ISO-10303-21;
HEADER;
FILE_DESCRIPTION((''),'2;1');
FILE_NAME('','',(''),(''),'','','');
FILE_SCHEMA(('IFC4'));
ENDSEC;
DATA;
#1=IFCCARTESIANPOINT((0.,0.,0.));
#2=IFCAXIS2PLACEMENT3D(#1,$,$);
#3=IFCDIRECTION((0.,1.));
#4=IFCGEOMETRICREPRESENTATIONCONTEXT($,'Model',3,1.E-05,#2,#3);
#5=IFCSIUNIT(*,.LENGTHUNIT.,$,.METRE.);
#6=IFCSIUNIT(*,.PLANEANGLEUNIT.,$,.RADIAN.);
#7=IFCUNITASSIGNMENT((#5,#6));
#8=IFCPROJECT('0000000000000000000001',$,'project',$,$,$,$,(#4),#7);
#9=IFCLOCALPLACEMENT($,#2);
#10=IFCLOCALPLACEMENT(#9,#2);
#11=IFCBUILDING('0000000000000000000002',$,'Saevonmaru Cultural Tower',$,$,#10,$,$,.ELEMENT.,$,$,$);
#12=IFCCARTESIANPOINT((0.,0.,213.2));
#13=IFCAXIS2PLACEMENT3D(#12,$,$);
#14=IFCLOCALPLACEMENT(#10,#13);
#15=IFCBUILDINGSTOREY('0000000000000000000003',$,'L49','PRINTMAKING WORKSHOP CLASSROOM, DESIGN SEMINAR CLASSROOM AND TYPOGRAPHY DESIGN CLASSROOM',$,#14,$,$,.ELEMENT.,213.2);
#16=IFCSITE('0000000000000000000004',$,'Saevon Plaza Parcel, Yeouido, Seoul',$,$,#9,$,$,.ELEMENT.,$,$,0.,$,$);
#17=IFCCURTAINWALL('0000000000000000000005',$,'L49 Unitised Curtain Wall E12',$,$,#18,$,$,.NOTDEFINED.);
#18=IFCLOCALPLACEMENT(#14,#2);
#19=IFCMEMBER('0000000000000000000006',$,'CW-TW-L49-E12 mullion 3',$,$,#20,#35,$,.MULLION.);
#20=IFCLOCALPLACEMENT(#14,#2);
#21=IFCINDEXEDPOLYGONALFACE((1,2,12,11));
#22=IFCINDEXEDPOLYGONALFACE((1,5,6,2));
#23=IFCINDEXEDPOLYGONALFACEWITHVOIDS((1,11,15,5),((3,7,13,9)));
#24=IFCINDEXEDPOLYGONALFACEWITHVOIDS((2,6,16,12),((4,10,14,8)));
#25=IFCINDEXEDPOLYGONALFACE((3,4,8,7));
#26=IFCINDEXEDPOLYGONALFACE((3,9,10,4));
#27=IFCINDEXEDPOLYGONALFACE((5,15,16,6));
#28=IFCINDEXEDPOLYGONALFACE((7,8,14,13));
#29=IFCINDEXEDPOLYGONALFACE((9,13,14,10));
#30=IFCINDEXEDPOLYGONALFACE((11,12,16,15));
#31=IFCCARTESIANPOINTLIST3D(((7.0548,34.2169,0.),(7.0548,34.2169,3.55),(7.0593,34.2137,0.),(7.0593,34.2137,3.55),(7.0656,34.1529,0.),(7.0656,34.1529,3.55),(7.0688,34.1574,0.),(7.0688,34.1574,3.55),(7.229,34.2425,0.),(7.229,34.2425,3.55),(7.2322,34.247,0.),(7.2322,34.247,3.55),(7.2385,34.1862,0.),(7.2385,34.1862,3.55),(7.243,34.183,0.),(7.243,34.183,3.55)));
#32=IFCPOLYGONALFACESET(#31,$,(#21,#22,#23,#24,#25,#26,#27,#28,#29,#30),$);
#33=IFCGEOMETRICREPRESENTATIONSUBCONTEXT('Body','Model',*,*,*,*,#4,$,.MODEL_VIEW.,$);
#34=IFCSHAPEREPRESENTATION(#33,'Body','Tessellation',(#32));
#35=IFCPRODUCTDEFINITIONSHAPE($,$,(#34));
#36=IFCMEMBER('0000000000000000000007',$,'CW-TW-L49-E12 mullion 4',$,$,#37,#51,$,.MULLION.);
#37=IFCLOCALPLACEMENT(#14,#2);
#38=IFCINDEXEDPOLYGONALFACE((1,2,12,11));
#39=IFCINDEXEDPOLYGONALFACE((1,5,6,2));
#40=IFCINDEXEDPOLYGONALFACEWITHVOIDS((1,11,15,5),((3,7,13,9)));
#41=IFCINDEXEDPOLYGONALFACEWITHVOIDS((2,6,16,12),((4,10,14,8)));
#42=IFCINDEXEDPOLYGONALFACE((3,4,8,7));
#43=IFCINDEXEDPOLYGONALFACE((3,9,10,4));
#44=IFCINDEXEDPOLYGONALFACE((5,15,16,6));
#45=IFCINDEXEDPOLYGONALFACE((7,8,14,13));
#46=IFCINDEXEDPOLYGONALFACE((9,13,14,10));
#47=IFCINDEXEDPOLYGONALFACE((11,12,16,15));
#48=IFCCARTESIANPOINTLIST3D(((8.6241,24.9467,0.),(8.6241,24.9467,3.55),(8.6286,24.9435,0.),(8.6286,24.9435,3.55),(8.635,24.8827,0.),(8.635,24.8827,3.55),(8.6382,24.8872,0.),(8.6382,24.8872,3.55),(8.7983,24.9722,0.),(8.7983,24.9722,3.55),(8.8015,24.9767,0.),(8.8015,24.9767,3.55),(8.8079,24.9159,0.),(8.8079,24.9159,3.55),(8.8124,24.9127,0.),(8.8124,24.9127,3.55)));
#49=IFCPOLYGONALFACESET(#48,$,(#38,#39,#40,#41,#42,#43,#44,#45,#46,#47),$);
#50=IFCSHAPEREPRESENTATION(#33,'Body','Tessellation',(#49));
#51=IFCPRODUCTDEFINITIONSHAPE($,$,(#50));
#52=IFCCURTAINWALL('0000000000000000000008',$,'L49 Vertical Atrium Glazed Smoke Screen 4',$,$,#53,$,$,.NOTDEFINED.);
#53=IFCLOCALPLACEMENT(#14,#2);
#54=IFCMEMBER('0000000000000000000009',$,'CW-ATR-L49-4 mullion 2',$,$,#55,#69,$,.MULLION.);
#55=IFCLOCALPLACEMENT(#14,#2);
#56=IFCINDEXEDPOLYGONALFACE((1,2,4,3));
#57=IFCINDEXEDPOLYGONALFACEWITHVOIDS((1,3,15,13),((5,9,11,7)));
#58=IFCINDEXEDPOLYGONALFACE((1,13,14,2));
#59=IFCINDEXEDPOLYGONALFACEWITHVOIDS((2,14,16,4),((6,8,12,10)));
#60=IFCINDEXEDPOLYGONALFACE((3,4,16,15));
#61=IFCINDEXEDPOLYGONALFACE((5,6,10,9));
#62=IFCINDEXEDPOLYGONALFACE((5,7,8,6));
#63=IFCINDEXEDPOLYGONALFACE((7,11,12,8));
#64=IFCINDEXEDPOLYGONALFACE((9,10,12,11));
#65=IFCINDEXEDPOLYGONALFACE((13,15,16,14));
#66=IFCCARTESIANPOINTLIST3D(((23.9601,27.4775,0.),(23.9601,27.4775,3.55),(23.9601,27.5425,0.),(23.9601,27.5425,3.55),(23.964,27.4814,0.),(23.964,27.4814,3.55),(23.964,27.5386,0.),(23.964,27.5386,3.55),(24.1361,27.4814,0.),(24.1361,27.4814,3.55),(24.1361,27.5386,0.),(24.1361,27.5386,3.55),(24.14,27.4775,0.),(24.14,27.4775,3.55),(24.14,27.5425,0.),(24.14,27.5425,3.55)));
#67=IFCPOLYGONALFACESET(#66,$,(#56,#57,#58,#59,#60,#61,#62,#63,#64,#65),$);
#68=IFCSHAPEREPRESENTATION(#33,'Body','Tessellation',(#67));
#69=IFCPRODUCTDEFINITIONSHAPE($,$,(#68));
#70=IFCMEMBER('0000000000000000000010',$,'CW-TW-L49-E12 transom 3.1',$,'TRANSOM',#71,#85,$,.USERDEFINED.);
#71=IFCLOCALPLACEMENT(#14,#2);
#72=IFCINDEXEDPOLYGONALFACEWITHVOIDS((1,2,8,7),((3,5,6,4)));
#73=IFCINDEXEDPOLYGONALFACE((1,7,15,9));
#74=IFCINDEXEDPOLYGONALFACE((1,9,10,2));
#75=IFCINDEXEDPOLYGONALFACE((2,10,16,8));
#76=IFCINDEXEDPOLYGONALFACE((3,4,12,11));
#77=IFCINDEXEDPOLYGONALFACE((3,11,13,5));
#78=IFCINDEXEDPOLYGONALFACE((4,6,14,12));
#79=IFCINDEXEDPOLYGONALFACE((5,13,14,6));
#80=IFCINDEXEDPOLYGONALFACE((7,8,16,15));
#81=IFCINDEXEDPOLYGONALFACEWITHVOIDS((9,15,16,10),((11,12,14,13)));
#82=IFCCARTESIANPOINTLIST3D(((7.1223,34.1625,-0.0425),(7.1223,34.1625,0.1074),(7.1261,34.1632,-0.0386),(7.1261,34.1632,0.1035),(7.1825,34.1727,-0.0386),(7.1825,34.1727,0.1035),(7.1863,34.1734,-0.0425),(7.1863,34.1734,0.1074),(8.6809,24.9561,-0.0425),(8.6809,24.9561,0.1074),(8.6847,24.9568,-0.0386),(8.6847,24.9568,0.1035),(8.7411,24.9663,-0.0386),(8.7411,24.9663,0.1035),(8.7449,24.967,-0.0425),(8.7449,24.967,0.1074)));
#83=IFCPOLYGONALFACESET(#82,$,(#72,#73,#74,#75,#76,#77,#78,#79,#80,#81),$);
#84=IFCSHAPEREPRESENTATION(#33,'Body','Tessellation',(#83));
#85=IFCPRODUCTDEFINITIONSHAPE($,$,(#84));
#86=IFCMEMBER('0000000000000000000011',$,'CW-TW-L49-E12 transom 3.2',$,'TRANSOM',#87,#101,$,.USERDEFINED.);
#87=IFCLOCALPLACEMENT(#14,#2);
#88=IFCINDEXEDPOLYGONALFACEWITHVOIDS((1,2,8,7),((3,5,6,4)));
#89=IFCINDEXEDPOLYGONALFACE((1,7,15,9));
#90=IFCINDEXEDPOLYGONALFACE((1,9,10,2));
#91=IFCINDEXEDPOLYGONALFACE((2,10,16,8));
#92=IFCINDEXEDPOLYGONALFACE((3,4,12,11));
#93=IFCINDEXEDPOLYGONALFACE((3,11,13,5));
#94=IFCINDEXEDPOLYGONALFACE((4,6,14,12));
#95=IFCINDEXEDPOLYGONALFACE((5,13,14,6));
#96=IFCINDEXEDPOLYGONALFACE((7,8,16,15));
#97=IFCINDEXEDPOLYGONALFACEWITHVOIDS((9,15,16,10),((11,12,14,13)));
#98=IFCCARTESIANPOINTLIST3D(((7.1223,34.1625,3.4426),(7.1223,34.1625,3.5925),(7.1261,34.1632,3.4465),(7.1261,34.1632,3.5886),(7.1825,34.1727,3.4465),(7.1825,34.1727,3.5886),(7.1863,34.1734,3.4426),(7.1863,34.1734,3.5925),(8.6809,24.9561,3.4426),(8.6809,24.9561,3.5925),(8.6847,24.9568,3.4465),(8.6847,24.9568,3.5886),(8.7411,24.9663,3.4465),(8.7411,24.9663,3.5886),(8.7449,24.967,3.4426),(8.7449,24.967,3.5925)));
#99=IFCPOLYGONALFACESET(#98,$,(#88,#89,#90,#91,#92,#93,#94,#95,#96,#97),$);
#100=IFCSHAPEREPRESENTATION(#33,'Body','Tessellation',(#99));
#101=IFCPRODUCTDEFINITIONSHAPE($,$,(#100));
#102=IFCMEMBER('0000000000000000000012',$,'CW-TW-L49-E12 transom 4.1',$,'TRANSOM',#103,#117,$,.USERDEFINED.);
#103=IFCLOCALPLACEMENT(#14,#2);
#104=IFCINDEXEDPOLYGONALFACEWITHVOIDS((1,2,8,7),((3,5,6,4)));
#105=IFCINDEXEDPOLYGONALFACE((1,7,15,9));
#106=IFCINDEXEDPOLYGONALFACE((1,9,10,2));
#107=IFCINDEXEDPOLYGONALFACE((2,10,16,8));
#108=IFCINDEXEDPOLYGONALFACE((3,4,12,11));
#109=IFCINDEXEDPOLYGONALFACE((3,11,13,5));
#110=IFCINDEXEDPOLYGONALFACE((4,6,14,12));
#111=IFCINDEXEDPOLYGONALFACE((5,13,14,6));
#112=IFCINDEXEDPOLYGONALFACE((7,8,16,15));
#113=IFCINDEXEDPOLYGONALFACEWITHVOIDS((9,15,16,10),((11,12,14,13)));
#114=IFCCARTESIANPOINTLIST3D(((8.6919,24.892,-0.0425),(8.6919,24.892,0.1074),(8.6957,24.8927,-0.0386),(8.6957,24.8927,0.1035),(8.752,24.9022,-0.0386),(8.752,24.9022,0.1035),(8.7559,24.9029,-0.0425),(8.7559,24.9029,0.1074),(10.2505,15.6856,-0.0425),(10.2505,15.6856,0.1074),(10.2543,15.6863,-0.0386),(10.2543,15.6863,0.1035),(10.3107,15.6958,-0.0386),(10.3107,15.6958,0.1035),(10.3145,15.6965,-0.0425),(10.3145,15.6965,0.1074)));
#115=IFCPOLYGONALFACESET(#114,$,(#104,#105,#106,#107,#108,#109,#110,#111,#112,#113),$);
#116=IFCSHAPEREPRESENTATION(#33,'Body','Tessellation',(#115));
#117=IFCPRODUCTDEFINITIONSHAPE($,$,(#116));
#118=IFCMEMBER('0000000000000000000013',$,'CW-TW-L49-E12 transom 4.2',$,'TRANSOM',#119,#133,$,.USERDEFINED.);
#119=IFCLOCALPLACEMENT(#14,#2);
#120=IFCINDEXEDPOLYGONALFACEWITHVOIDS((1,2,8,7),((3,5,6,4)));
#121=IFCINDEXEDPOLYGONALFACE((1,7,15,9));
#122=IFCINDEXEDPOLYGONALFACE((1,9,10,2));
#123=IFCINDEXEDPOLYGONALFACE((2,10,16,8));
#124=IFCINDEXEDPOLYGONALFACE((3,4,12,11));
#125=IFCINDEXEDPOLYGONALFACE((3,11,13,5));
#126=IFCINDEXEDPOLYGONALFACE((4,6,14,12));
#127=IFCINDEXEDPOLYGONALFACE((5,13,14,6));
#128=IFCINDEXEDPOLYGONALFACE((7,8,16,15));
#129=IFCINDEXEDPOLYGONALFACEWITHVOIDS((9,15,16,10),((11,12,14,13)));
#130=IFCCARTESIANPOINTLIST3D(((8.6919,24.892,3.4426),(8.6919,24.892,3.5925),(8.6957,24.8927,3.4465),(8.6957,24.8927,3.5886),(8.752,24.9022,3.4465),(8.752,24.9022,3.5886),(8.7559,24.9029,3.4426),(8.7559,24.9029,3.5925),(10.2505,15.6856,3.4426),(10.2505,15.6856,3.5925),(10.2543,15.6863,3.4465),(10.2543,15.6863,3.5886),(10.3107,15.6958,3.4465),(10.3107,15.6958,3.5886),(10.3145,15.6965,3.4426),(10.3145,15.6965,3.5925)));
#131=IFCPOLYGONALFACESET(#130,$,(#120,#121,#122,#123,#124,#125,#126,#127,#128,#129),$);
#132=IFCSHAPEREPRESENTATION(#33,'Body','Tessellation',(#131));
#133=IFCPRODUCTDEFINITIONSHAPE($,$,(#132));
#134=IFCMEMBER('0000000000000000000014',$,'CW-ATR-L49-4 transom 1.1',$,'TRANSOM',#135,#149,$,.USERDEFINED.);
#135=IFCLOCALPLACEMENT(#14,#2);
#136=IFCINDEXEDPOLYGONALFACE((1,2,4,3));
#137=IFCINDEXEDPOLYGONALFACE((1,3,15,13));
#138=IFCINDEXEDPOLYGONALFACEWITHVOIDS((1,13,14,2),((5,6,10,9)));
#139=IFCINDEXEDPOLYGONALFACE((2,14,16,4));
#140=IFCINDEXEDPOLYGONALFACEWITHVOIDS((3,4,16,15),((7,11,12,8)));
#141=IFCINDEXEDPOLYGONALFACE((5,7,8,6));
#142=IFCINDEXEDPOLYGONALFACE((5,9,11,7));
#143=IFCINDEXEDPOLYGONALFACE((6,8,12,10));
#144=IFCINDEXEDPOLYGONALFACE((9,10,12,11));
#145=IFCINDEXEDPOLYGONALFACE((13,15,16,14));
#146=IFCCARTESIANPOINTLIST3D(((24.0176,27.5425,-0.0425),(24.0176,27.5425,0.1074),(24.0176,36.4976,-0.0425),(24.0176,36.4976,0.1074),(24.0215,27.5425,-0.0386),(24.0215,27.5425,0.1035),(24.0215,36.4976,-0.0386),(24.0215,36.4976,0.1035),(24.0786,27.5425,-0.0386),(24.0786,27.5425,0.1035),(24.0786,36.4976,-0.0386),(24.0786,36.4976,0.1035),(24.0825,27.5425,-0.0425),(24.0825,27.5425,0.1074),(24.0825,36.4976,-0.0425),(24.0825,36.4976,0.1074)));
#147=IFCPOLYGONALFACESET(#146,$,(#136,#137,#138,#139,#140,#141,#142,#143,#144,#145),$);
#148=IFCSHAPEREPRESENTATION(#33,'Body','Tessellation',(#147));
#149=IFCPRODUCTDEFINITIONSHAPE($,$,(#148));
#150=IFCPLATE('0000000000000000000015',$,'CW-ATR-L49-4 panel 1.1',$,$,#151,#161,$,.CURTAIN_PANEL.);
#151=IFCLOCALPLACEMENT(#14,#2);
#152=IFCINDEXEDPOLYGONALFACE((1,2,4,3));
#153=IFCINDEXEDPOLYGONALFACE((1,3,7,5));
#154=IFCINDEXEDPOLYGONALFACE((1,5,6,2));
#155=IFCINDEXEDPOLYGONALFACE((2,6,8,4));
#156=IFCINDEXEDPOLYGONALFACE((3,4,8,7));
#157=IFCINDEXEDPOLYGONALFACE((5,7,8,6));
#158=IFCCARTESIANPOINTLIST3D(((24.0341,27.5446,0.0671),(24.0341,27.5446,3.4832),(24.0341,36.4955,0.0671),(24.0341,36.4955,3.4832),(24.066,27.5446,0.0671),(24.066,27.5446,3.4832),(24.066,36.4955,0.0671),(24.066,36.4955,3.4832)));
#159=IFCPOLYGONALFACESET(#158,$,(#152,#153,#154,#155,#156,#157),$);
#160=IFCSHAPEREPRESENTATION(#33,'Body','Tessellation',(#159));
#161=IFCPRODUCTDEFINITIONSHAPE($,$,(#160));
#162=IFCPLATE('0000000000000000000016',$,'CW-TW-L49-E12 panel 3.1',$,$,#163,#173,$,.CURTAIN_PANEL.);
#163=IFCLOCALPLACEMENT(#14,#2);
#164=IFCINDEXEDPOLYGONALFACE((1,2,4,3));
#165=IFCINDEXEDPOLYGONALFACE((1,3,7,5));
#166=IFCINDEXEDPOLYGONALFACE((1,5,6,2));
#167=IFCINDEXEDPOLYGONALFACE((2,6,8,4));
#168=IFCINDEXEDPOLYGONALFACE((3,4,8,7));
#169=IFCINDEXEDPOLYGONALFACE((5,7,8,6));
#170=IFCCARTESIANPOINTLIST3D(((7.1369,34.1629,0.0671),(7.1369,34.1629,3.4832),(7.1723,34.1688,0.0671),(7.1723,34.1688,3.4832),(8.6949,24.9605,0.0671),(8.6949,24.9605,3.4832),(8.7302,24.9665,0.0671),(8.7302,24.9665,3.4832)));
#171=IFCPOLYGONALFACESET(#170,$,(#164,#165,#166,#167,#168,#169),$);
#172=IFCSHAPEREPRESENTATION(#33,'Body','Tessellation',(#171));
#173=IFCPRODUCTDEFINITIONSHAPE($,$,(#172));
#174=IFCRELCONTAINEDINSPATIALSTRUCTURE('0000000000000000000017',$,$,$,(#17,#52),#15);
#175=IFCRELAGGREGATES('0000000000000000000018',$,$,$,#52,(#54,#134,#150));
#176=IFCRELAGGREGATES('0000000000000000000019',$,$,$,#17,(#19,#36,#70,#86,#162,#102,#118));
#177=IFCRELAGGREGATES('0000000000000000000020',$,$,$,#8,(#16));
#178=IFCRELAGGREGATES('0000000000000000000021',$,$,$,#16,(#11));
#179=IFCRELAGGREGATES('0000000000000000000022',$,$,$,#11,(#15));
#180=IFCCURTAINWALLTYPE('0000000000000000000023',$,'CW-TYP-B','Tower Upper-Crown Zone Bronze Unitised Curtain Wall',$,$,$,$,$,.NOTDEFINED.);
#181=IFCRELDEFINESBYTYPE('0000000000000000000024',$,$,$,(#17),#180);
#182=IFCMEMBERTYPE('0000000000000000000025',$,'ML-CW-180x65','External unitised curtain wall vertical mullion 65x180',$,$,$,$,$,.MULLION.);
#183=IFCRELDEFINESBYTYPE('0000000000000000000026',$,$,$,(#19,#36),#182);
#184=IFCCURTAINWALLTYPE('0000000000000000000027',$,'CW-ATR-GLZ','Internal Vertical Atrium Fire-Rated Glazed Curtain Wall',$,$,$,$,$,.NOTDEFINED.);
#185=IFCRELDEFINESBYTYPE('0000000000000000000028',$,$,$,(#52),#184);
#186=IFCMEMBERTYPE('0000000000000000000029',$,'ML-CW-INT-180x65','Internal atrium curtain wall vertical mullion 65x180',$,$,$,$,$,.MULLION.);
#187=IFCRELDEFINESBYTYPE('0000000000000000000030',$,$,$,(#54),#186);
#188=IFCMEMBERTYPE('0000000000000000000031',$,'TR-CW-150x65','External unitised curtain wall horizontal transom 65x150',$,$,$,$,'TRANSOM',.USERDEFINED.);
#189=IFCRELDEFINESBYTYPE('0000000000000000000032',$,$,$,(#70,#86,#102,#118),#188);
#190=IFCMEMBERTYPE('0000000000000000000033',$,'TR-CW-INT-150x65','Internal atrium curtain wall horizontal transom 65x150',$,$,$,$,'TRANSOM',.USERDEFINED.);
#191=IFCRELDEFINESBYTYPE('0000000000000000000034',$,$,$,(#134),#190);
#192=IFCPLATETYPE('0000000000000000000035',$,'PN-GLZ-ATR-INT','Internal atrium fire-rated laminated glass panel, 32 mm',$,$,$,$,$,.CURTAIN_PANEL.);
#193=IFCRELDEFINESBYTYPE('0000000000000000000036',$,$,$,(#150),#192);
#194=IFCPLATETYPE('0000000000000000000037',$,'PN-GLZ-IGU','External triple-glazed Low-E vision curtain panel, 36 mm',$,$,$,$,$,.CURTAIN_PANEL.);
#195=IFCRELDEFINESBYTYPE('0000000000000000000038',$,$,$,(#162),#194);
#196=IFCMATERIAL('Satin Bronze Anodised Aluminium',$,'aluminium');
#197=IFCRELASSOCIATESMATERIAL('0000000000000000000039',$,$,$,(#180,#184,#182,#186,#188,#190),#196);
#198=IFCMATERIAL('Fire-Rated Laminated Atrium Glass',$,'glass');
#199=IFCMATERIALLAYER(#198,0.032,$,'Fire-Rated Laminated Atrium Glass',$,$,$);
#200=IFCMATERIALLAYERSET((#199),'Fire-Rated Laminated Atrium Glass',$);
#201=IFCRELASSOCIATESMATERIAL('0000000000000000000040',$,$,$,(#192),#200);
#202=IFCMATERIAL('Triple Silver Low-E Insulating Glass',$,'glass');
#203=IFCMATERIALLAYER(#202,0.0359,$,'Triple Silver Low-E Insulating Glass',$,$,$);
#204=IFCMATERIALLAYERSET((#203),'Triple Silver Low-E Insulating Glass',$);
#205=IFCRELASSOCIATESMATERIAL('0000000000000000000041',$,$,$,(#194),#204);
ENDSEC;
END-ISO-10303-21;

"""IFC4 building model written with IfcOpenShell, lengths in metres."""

from ifc_helpers import new_model, si_unit, direction, frame, origin, origin_2d, place, context, subcontext, project, spatial, rectangle, hollow_rectangle, extrude, material, layer, layer_set, material_profile, profile_set, type_object, element, aggregate, save


model = new_model("IFC4")

# Units and contexts
model_context = context("Model", 3, precision=1e-05, world=origin(), true_north=direction((0.0, 1.0)))
body_context = subcontext(model_context, "Body", "Model", "MODEL_VIEW")
ifc_project = project(units=[si_unit("LENGTHUNIT", "METRE"), si_unit("PLANEANGLEUNIT", "RADIAN")], contexts=[model_context])

# Site, building, storey
site_placement = place(None, origin())
site = spatial("IfcSite", under=ifc_project, at=site_placement, Name="Saevon Plaza Parcel, Yeouido, Seoul", CompositionType="ELEMENT", RefElevation=0.0)
building_placement = place(site_placement, origin())
building = spatial("IfcBuilding", under=site, at=building_placement, Name="Saevonmaru Cultural Tower", CompositionType="ELEMENT")
storey_placement = place(building_placement, frame((0.0, 0.0, 213.2)))
storey = spatial("IfcBuildingStorey", under=building, at=storey_placement, Name="L49", Description="PRINTMAKING WORKSHOP CLASSROOM, DESIGN SEMINAR CLASSROOM AND TYPOGRAPHY DESIGN CLASSROOM", CompositionType="ELEMENT", Elevation=213.2)

# Curtain wall, members
ifc_material_1 = material(Name="Satin Bronze Anodised Aluminium", Category="aluminium")
curtain_wall_type_1 = type_object("IfcCurtainWallType", Name="CW-TYP-B", Description="Tower Upper-Crown Zone Bronze Unitised Curtain Wall", PredefinedType="NOTDEFINED", material=ifc_material_1)
curtain_wall_1_placement = place(storey_placement, origin())
curtain_wall_1 = element("IfcCurtainWall", 1, at=curtain_wall_1_placement, inside=storey, type_object=curtain_wall_type_1, Name="L49 Unitised Curtain Wall E12", PredefinedType="NOTDEFINED")
ifc_material_profile_1 = material_profile(ifc_material_1, hollow_rectangle(XDim=0.0649, YDim=0.1799, WallThickness=0.0039, at=origin_2d()), Name="ALU-MULL-180x65x4")
ifc_profile_set_1 = profile_set([ifc_material_profile_1], Name="Satin Bronze Anodised Aluminium")
member_type_1 = type_object("IfcMemberType", Name="ML-CW-180x65", Description="External unitised curtain wall vertical mullion 65x180", PredefinedType="MULLION", material=ifc_profile_set_1)
member_1_placement = place(storey_placement, frame((7.1489, 34.2, 0.0), z_axis=(0.0, 0.0, 1.0), x_axis=(0.166922, -0.98597, 0.0)))
member_1 = element("IfcMember", 2, at=member_1_placement, type_object=member_type_1, Name="CW-TW-L49-E12 mullion 3", PredefinedType="MULLION", context=body_context, shape_type="SweptSolid", body=[
    extrude(hollow_rectangle(XDim=0.0649, YDim=0.1799, WallThickness=0.0039, at=origin_2d()), origin(), (0.0, 0.0, 1.0), 3.55),
])
member_2_placement = place(storey_placement, frame((8.7183, 24.9297, 0.0), z_axis=(0.0, 0.0, 1.0), x_axis=(0.166922, -0.98597, 0.0)))
member_2 = element("IfcMember", 3, at=member_2_placement, type_object=member_type_1, Name="CW-TW-L49-E12 mullion 4", PredefinedType="MULLION", context=body_context, shape_type="SweptSolid", body=[
    extrude(hollow_rectangle(XDim=0.0649, YDim=0.1799, WallThickness=0.0039, at=origin_2d()), origin(), (0.0, 0.0, 1.0), 3.55),
])

# Curtain wall, member
curtain_wall_type_2 = type_object("IfcCurtainWallType", Name="CW-ATR-GLZ", Description="Internal Vertical Atrium Fire-Rated Glazed Curtain Wall", PredefinedType="NOTDEFINED", material=ifc_material_1)
curtain_wall_2_placement = place(storey_placement, origin())
curtain_wall_2 = element("IfcCurtainWall", 4, at=curtain_wall_2_placement, inside=storey, type_object=curtain_wall_type_2, Name="L49 Vertical Atrium Glazed Smoke Screen 4", PredefinedType="NOTDEFINED")
ifc_material_profile_2 = material_profile(ifc_material_1, hollow_rectangle(XDim=0.0649, YDim=0.1799, WallThickness=0.0039, at=origin_2d()), Name="ALU-MULL-180x65x4")
ifc_profile_set_2 = profile_set([ifc_material_profile_2], Name="Satin Bronze Anodised Aluminium")
member_type_2 = type_object("IfcMemberType", Name="ML-CW-INT-180x65", Description="Internal atrium curtain wall vertical mullion 65x180", PredefinedType="MULLION", material=ifc_profile_set_2)
member_3_placement = place(storey_placement, frame((24.05, 27.51, 0.0), z_axis=(0.0, 0.0, 1.0), x_axis=(0.0, -1.0, 0.0)))
member_3 = element("IfcMember", 5, at=member_3_placement, type_object=member_type_2, Name="CW-ATR-L49-4 mullion 2", PredefinedType="MULLION", context=body_context, shape_type="SweptSolid", body=[
    extrude(hollow_rectangle(XDim=0.0649, YDim=0.1799, WallThickness=0.0039, at=origin_2d()), origin(), (0.0, 0.0, 1.0), 3.55),
])

# Members
ifc_material_profile_3 = material_profile(ifc_material_1, hollow_rectangle(XDim=0.0649, YDim=0.1499, WallThickness=0.0039, at=origin_2d()), Name="ALU-TRAN-150x65x4")
ifc_profile_set_3 = profile_set([ifc_material_profile_3], Name="Satin Bronze Anodised Aluminium")
member_type_3 = type_object("IfcMemberType", Name="TR-CW-150x65", Description="External unitised curtain wall horizontal transom 65x150", ElementType="TRANSOM", PredefinedType="USERDEFINED", material=ifc_profile_set_3)
member_4_placement = place(storey_placement, frame((7.1543, 34.168, 0.0325), z_axis=(0.166921, -0.98597, 0.0), x_axis=(0.98597, 0.166921, 0.0)))
member_4 = element("IfcMember", 6, at=member_4_placement, type_object=member_type_3, Name="CW-TW-L49-E12 transom 3.1", ObjectType="TRANSOM", PredefinedType="USERDEFINED", context=body_context, shape_type="SweptSolid", body=[
    extrude(hollow_rectangle(XDim=0.0649, YDim=0.1499, WallThickness=0.0039, at=origin_2d()), origin(), (0.0, 0.0, 1.0), 9.3374),
])
member_5_placement = place(storey_placement, frame((7.1543, 34.168, 3.5176), z_axis=(0.166921, -0.98597, 0.0), x_axis=(0.98597, 0.166921, 0.0)))
member_5 = element("IfcMember", 7, at=member_5_placement, type_object=member_type_3, Name="CW-TW-L49-E12 transom 3.2", ObjectType="TRANSOM", PredefinedType="USERDEFINED", context=body_context, shape_type="SweptSolid", body=[
    extrude(hollow_rectangle(XDim=0.0649, YDim=0.1499, WallThickness=0.0039, at=origin_2d()), origin(), (0.0, 0.0, 1.0), 9.3374),
])
member_6_placement = place(storey_placement, frame((8.7239, 24.8975, 0.0325), z_axis=(0.166921, -0.98597, 0.0), x_axis=(0.98597, 0.166921, 0.0)))
member_6 = element("IfcMember", 8, at=member_6_placement, type_object=member_type_3, Name="CW-TW-L49-E12 transom 4.1", ObjectType="TRANSOM", PredefinedType="USERDEFINED", context=body_context, shape_type="SweptSolid", body=[
    extrude(hollow_rectangle(XDim=0.0649, YDim=0.1499, WallThickness=0.0039, at=origin_2d()), origin(), (0.0, 0.0, 1.0), 9.3374),
])
member_7_placement = place(storey_placement, frame((8.7239, 24.8975, 3.5176), z_axis=(0.166921, -0.98597, 0.0), x_axis=(0.98597, 0.166921, 0.0)))
member_7 = element("IfcMember", 9, at=member_7_placement, type_object=member_type_3, Name="CW-TW-L49-E12 transom 4.2", ObjectType="TRANSOM", PredefinedType="USERDEFINED", context=body_context, shape_type="SweptSolid", body=[
    extrude(hollow_rectangle(XDim=0.0649, YDim=0.1499, WallThickness=0.0039, at=origin_2d()), origin(), (0.0, 0.0, 1.0), 9.3374),
])
ifc_material_profile_4 = material_profile(ifc_material_1, hollow_rectangle(XDim=0.0649, YDim=0.1499, WallThickness=0.0039, at=origin_2d()), Name="ALU-TRAN-150x65x4")
ifc_profile_set_4 = profile_set([ifc_material_profile_4], Name="Satin Bronze Anodised Aluminium")
member_type_4 = type_object("IfcMemberType", Name="TR-CW-INT-150x65", Description="Internal atrium curtain wall horizontal transom 65x150", ElementType="TRANSOM", PredefinedType="USERDEFINED", material=ifc_profile_set_4)
member_8_placement = place(storey_placement, frame((24.05, 36.4976, 0.0325), z_axis=(0.0, -1.0, 0.0), x_axis=(1.0, 0.0, 0.0)))
member_8 = element("IfcMember", 10, at=member_8_placement, type_object=member_type_4, Name="CW-ATR-L49-4 transom 1.1", ObjectType="TRANSOM", PredefinedType="USERDEFINED", context=body_context, shape_type="SweptSolid", body=[
    extrude(hollow_rectangle(XDim=0.0649, YDim=0.1499, WallThickness=0.0039, at=origin_2d()), origin(), (0.0, 0.0, 1.0), 8.9551),
])

# Plates
ifc_material_2 = material(Name="Fire-Rated Laminated Atrium Glass", Category="glass")
ifc_layer_1 = layer(ifc_material_2, 0.032, Name="Fire-Rated Laminated Atrium Glass")
ifc_layer_set_1 = layer_set([ifc_layer_1], Name="Fire-Rated Laminated Atrium Glass")
plate_type_1 = type_object("IfcPlateType", Name="PN-GLZ-ATR-INT", Description="Internal atrium fire-rated laminated glass panel, 32 mm", PredefinedType="CURTAIN_PANEL", material=ifc_layer_set_1)
plate_1_placement = place(storey_placement, frame((24.05, 32.02, 0.0671), z_axis=(0.0, 0.0, 1.0), x_axis=(0.0, -1.0, 0.0)))
plate_1 = element("IfcPlate", 11, at=plate_1_placement, type_object=plate_type_1, Name="CW-ATR-L49-4 panel 1.1", PredefinedType="CURTAIN_PANEL", context=body_context, shape_type="SweptSolid", body=[
    extrude(rectangle(XDim=8.9509, YDim=0.032, at=origin_2d()), origin(), (0.0, 0.0, 1.0), 3.416),
])
aggregate(curtain_wall_2, [member_3, member_8, plate_1])
ifc_material_3 = material(Name="Triple Silver Low-E Insulating Glass", Category="glass")
ifc_layer_2 = layer(ifc_material_3, 0.0359, Name="Triple Silver Low-E Insulating Glass")
ifc_layer_set_2 = layer_set([ifc_layer_2], Name="Triple Silver Low-E Insulating Glass")
plate_type_2 = type_object("IfcPlateType", Name="PN-GLZ-IGU", Description="External triple-glazed Low-E vision curtain panel, 36 mm", PredefinedType="CURTAIN_PANEL", material=ifc_layer_set_2)
plate_2_placement = place(storey_placement, frame((7.9336, 29.5647, 0.0671), z_axis=(0.0, 0.0, 1.0), x_axis=(0.166922, -0.98597, 0.0)))
plate_2 = element("IfcPlate", 12, at=plate_2_placement, type_object=plate_type_2, Name="CW-TW-L49-E12 panel 3.1", PredefinedType="CURTAIN_PANEL", context=body_context, shape_type="SweptSolid", body=[
    extrude(rectangle(XDim=9.3333, YDim=0.0359, at=origin_2d()), origin(), (0.0, 0.0, 1.0), 3.416),
])
aggregate(curtain_wall_1, [member_1, member_2, member_4, member_5, plate_2, member_6, member_7])

save(model, "model.ifc")
